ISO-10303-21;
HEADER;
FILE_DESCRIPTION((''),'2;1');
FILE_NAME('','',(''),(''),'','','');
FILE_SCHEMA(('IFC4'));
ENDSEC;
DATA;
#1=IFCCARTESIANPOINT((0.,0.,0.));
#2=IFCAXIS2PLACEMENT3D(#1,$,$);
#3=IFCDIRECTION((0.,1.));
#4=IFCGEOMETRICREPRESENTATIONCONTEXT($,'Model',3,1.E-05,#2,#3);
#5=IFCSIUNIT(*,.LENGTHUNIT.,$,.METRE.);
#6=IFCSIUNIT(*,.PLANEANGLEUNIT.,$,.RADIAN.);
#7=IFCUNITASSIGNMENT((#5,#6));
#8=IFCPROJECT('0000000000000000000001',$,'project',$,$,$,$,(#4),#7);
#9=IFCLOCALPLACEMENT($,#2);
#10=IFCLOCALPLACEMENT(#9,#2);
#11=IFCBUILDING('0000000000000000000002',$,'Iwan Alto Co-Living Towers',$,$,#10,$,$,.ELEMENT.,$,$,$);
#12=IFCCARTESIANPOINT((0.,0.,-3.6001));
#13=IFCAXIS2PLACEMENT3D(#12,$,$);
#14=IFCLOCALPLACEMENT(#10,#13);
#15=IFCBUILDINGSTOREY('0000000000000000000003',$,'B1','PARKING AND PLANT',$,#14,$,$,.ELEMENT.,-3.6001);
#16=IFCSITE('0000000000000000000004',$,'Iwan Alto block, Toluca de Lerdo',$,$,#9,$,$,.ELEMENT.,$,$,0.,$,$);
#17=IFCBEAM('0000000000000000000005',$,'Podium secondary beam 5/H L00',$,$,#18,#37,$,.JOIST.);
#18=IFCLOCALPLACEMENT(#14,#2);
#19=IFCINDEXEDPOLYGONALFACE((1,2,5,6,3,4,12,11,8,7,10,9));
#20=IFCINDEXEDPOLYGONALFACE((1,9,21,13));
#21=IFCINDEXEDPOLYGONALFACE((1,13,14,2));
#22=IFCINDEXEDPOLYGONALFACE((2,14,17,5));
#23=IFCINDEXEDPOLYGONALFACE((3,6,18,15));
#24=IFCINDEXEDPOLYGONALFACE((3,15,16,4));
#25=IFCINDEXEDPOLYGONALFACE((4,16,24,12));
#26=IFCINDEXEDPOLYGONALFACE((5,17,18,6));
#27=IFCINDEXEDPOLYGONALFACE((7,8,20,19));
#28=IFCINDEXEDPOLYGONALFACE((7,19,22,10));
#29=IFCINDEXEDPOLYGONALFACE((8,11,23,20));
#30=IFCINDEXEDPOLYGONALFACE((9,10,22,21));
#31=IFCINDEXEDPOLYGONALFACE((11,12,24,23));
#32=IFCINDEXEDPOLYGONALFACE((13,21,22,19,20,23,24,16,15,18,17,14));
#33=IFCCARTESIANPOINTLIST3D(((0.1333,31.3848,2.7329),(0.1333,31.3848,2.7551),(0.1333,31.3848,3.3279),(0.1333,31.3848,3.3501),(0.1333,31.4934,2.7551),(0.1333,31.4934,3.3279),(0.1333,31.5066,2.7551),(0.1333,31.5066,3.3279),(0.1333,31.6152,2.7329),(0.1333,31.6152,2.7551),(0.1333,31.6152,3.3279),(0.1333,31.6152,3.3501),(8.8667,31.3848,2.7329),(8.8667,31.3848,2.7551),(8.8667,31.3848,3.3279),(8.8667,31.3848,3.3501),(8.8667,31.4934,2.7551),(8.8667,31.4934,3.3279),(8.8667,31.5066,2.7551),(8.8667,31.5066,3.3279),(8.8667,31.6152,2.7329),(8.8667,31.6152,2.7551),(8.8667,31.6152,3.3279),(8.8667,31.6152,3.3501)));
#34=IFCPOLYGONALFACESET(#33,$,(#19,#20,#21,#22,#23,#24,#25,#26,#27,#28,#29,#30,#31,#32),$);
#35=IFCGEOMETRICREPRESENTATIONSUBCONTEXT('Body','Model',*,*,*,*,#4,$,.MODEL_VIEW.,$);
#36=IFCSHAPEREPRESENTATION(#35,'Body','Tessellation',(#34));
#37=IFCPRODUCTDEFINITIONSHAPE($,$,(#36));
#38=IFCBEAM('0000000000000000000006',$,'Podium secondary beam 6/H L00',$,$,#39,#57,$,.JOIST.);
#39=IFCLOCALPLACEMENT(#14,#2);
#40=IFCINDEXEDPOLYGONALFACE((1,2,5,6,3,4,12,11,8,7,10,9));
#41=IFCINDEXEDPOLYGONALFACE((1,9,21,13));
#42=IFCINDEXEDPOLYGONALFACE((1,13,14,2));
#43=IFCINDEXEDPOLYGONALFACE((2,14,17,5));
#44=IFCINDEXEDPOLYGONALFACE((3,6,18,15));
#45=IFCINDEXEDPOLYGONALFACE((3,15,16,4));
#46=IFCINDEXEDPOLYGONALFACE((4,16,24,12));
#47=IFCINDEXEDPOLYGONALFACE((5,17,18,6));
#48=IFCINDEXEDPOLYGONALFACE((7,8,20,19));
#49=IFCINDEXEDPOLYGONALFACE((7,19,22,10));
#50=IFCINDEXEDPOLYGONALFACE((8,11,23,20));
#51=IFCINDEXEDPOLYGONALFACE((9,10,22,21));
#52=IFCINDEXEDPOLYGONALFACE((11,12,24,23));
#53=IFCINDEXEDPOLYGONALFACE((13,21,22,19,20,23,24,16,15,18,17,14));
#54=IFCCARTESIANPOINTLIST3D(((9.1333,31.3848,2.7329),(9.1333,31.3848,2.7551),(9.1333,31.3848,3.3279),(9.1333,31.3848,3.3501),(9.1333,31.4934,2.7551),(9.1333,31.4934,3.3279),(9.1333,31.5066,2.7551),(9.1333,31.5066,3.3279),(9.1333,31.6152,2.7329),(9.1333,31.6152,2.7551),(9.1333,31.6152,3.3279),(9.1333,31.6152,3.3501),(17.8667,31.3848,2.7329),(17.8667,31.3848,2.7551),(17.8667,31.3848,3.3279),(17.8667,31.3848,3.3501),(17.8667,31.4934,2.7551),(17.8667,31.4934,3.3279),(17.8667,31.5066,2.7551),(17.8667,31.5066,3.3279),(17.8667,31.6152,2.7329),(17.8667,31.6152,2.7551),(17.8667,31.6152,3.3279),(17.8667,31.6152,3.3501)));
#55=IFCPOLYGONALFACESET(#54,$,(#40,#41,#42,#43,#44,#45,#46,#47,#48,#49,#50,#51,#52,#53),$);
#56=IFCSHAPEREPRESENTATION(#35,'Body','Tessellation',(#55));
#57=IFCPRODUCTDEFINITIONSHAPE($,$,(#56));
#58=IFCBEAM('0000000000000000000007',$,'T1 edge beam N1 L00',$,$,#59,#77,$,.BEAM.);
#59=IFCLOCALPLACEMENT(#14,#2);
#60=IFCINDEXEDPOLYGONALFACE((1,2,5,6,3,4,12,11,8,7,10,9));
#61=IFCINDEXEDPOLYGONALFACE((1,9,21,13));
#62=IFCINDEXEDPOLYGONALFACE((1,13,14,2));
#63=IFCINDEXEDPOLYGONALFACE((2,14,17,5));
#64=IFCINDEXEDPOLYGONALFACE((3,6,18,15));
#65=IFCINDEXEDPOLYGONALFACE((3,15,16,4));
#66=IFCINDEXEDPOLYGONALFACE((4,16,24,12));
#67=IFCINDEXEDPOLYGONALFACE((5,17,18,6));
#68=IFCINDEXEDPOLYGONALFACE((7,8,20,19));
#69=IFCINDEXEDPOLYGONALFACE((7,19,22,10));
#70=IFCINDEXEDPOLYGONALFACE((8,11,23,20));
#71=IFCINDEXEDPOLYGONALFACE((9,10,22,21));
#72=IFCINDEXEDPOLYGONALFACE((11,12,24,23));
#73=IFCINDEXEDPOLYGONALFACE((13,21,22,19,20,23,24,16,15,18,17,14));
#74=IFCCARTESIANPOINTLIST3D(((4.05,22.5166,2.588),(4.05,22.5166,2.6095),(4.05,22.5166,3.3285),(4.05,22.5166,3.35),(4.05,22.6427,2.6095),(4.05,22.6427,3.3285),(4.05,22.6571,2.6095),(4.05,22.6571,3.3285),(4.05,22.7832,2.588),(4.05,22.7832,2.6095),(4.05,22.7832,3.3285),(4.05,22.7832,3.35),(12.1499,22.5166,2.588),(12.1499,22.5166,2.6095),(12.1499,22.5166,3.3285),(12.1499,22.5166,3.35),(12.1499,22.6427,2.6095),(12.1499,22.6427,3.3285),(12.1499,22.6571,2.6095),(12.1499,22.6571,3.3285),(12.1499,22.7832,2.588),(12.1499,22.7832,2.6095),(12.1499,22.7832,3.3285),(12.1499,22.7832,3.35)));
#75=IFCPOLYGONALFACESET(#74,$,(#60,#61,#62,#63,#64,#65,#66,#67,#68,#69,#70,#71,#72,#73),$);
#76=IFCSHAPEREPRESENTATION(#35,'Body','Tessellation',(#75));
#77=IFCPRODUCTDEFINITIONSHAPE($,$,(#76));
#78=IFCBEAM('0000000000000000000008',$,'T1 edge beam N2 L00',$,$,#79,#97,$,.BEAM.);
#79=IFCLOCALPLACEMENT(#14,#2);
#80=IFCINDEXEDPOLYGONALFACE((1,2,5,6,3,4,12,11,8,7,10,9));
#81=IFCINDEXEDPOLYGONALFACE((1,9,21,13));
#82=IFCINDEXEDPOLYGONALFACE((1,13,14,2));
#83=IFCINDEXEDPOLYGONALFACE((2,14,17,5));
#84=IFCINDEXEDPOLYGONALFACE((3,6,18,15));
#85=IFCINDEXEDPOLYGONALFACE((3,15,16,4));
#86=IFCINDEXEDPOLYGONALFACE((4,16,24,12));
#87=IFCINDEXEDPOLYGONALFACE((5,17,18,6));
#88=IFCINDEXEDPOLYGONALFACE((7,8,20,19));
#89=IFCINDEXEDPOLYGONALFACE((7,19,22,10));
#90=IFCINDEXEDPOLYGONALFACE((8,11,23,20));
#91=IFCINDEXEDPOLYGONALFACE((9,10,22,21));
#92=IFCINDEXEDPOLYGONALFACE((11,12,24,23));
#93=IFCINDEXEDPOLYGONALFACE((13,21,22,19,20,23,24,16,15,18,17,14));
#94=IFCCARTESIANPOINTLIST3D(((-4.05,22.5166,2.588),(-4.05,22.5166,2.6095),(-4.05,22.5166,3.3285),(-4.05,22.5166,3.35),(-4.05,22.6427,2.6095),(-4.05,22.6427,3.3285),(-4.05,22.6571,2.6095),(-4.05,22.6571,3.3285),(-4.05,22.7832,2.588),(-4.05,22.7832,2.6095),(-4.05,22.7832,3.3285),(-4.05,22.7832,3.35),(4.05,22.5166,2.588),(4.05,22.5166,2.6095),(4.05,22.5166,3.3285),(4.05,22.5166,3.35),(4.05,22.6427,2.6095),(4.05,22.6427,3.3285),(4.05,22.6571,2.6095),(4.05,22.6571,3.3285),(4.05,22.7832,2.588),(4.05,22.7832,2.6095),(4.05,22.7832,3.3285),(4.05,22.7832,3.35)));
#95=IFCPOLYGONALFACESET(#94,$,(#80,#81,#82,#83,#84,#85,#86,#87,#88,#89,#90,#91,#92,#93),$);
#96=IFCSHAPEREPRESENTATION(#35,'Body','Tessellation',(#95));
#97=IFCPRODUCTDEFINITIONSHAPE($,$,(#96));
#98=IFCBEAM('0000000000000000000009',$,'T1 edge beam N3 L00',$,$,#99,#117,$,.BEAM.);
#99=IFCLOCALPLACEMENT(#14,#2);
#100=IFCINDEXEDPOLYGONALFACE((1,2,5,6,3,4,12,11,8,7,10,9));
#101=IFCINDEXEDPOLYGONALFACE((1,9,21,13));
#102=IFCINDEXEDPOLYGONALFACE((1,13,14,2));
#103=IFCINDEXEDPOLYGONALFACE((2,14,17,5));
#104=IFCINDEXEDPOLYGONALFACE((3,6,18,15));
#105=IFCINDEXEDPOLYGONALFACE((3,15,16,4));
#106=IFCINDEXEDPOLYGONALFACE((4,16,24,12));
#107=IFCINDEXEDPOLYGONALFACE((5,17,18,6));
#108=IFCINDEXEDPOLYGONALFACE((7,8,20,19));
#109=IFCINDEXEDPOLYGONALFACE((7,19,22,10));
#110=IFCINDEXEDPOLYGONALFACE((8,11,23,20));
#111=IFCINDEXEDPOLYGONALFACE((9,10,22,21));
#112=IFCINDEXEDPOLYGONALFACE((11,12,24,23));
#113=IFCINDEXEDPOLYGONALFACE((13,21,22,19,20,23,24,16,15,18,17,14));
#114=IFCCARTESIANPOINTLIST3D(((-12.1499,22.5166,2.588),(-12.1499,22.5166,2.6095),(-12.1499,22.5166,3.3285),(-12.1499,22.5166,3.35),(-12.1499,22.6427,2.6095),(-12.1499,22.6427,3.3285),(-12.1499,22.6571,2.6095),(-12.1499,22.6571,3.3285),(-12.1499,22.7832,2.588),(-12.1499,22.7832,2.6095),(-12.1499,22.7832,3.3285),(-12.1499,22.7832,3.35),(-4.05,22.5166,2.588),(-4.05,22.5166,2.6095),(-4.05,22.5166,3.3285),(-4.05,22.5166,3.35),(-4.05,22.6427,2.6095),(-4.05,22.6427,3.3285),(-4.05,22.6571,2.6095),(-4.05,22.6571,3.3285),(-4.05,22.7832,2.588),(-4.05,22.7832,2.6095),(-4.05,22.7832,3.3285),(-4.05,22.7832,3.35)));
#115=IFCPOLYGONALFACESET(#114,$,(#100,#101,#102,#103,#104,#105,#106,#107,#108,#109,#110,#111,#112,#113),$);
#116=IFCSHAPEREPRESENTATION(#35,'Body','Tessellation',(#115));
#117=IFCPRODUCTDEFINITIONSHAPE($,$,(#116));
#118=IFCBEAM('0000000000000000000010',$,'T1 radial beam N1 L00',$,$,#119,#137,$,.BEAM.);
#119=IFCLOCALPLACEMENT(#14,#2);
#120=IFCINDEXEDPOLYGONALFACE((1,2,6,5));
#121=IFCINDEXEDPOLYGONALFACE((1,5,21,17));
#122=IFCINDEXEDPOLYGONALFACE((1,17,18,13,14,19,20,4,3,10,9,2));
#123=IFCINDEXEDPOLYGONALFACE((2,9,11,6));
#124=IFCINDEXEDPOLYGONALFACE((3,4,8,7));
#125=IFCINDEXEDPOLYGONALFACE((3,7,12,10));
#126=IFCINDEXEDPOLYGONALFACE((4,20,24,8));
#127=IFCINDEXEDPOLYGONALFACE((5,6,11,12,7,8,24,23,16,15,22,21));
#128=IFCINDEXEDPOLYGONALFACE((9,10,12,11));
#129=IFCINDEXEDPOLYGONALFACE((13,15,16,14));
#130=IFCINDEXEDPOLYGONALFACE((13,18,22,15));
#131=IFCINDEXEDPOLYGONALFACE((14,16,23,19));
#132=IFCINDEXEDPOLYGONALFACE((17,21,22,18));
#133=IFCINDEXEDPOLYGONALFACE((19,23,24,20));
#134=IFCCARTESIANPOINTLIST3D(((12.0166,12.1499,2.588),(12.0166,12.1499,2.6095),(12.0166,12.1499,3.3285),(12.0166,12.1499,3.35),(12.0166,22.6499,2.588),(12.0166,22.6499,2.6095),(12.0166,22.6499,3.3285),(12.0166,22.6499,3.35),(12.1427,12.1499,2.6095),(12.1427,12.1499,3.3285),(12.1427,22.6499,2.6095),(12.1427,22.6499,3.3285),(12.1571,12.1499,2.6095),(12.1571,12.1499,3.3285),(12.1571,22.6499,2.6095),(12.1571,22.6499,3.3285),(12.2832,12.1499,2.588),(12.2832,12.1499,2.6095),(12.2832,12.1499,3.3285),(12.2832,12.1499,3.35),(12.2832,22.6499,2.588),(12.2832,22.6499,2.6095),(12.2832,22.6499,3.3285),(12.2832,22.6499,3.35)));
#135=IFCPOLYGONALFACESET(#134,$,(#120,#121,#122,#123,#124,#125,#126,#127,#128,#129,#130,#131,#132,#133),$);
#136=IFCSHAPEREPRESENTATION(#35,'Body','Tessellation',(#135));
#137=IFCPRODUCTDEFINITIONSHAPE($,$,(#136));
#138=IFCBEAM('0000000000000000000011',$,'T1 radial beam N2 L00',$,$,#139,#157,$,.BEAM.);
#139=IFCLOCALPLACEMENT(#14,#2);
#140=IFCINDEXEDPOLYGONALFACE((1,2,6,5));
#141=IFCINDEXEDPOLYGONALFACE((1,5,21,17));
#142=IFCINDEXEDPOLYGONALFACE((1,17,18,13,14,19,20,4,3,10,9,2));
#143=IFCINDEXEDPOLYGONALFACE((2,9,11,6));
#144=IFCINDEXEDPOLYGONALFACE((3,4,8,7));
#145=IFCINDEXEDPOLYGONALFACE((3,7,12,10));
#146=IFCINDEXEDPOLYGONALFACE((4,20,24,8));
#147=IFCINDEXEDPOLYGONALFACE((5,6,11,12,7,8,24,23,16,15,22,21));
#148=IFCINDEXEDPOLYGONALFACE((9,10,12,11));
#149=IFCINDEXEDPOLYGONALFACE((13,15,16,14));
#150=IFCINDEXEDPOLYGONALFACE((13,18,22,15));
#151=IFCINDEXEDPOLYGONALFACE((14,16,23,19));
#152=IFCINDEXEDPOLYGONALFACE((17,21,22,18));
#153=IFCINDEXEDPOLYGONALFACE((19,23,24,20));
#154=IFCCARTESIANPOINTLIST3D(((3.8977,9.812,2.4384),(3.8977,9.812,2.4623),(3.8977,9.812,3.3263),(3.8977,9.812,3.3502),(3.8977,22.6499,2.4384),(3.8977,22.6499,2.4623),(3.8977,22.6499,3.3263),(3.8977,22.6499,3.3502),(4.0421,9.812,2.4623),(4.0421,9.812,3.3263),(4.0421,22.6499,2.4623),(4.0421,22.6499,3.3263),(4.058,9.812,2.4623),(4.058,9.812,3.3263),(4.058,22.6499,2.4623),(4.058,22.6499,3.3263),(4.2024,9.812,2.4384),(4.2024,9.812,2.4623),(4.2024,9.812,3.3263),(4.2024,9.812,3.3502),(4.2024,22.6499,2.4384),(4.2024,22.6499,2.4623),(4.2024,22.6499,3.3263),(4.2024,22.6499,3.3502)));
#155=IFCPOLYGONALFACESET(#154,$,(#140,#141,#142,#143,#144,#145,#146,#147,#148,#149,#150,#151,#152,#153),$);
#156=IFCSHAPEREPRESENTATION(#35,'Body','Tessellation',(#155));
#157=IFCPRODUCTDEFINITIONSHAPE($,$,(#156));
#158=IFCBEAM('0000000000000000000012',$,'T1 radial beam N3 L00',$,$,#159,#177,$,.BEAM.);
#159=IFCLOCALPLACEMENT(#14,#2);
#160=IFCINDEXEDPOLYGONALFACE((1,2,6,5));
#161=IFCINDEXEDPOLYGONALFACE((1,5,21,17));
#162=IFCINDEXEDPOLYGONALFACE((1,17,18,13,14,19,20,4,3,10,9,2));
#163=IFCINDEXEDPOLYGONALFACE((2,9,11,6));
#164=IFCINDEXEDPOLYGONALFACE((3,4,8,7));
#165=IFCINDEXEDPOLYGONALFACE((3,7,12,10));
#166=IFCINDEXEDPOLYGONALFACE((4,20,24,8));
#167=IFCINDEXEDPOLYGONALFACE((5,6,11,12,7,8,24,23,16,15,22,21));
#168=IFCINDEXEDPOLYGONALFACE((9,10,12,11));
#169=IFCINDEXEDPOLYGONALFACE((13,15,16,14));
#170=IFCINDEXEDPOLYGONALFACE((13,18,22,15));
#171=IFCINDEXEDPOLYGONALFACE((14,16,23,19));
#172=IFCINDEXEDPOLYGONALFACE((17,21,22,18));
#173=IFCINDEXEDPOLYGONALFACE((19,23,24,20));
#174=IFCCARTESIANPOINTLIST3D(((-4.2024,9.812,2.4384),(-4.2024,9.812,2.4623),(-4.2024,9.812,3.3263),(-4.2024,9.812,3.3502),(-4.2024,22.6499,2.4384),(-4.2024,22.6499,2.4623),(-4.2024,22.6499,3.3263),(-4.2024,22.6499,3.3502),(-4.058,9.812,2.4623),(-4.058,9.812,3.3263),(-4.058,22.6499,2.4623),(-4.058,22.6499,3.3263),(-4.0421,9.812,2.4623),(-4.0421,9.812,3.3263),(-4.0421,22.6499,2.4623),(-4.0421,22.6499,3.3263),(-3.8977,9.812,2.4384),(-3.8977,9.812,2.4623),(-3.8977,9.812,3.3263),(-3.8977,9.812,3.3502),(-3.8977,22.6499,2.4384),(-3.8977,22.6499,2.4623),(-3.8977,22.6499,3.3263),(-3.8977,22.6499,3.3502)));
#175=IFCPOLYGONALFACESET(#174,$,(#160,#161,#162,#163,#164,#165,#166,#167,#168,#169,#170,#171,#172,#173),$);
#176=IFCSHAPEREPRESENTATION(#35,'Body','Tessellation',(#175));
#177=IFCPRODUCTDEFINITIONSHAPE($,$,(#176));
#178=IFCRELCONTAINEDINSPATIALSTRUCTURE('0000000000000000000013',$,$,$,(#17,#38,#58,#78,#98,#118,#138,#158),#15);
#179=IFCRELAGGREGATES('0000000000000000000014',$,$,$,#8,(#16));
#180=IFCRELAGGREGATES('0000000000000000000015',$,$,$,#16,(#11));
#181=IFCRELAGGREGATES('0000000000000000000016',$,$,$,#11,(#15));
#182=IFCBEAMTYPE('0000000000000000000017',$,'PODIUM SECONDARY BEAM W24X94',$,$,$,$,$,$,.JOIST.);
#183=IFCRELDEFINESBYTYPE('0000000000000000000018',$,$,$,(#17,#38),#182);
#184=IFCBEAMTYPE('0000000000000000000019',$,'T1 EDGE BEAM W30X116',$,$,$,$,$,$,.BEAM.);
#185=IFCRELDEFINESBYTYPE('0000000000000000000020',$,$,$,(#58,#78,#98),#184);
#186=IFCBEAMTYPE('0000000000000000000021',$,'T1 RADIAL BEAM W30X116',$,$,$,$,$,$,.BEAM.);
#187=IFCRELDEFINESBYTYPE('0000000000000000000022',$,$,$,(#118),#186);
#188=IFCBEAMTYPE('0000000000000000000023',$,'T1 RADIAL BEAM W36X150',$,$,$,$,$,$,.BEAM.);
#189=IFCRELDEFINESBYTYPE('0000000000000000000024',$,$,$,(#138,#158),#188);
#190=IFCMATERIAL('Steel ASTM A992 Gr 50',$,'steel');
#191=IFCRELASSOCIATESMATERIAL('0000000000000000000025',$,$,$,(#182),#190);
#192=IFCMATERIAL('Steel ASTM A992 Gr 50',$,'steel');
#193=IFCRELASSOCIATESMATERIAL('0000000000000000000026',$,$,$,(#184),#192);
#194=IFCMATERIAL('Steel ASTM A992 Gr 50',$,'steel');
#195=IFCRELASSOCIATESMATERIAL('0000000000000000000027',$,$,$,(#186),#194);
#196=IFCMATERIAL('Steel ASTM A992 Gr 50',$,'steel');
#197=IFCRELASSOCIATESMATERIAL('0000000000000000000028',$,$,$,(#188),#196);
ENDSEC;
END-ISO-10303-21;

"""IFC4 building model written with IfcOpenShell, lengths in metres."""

from ifc_helpers import new_model, si_unit, direction, frame, origin, origin_2d, place, context, subcontext, project, spatial, i_section, extrude, material, material_profile, profile_set, type_object, element, save


model = new_model("IFC4")

# Units and contexts
model_context = context("Model", 3, precision=1e-05, world=origin(), true_north=direction((0.0, 1.0)))
body_context = subcontext(model_context, "Body", "Model", "MODEL_VIEW")
ifc_project = project(units=[si_unit("LENGTHUNIT", "METRE"), si_unit("PLANEANGLEUNIT", "RADIAN")], contexts=[model_context])

# Site, building, storey
site_placement = place(None, origin())
site = spatial("IfcSite", under=ifc_project, at=site_placement, Name="Iwan Alto block, Toluca de Lerdo", CompositionType="ELEMENT", RefElevation=0.0)
building_placement = place(site_placement, origin())
building = spatial("IfcBuilding", under=site, at=building_placement, Name="Iwan Alto Co-Living Towers", CompositionType="ELEMENT")
storey_placement = place(building_placement, frame((0.0, 0.0, -3.6001)))
storey = spatial("IfcBuildingStorey", under=building, at=storey_placement, Name="B1", Description="PARKING AND PLANT", CompositionType="ELEMENT", Elevation=-3.6001)

# Beams
ifc_material_1 = material(Name="Steel ASTM A992 Gr 50", Category="steel")
ifc_material_profile_1 = material_profile(ifc_material_1, i_section(OverallWidth=0.2305, OverallDepth=0.6172, WebThickness=0.0132, FlangeThickness=0.0222, at=origin_2d()), Name="W24X94")
ifc_profile_set_1 = profile_set([ifc_material_profile_1], Name="Steel ASTM A992 Gr 50")
beam_type_1 = type_object("IfcBeamType", Name="PODIUM SECONDARY BEAM W24X94", PredefinedType="JOIST", material=ifc_profile_set_1)
for number, where, z_axis, x_axis, name in (
    (1, (0.1333, 31.5, 3.0415), (1.0, 0.0, 0.0), (0.0, 1.0, 0.0), "Podium secondary beam 5/H L00"),
    (2, (9.1333, 31.5, 3.0415), (1.0, 0.0, 0.0), (0.0, 1.0, 0.0), "Podium secondary beam 6/H L00"),
):
    element("IfcBeam", number, at=place(storey_placement, frame(where, z_axis=z_axis, x_axis=x_axis)), inside=storey, type_object=beam_type_1, Name=name, PredefinedType="JOIST", context=body_context, shape_type="SweptSolid", body=[
        extrude(i_section(OverallWidth=0.2305, OverallDepth=0.6172, WebThickness=0.0132, FlangeThickness=0.0222, at=origin_2d()), origin(), (0.0, 0.0, 1.0), 8.7334),
    ])
ifc_material_2 = material(Name="Steel ASTM A992 Gr 50", Category="steel")
ifc_material_profile_2 = material_profile(ifc_material_2, i_section(OverallWidth=0.2666, OverallDepth=0.762, WebThickness=0.0144, FlangeThickness=0.0215, at=origin_2d()), Name="W30X116")
ifc_profile_set_2 = profile_set([ifc_material_profile_2], Name="Steel ASTM A992 Gr 50")
beam_type_2 = type_object("IfcBeamType", Name="T1 EDGE BEAM W30X116", PredefinedType="BEAM", material=ifc_profile_set_2)
beam_1_placement = place(storey_placement, frame((12.1499, 22.6499, 2.969), z_axis=(-1.0, 0.0, 0.0), x_axis=(0.0, -1.0, 0.0)))
element("IfcBeam", 3, at=beam_1_placement, inside=storey, type_object=beam_type_2, Name="T1 edge beam N1 L00", PredefinedType="BEAM", context=body_context, shape_type="SweptSolid", body=[
    extrude(i_section(OverallWidth=0.2666, OverallDepth=0.762, WebThickness=0.0144, FlangeThickness=0.0215, at=origin_2d()), origin(), (0.0, 0.0, 1.0), 8.0999),
])
beam_2_placement = place(storey_placement, frame((4.05, 22.6499, 2.969), z_axis=(-1.0, 0.0, 0.0), x_axis=(0.0, -1.0, 0.0)))
element("IfcBeam", 4, at=beam_2_placement, inside=storey, type_object=beam_type_2, Name="T1 edge beam N2 L00", PredefinedType="BEAM", context=body_context, shape_type="SweptSolid", body=[
    extrude(i_section(OverallWidth=0.2666, OverallDepth=0.762, WebThickness=0.0144, FlangeThickness=0.0215, at=origin_2d()), origin(), (0.0, 0.0, 1.0), 8.1001),
])
beam_3_placement = place(storey_placement, frame((-4.05, 22.6499, 2.969), z_axis=(-1.0, 0.0, 0.0), x_axis=(0.0, -1.0, 0.0)))
element("IfcBeam", 5, at=beam_3_placement, inside=storey, type_object=beam_type_2, Name="T1 edge beam N3 L00", PredefinedType="BEAM", context=body_context, shape_type="SweptSolid", body=[
    extrude(i_section(OverallWidth=0.2666, OverallDepth=0.762, WebThickness=0.0144, FlangeThickness=0.0215, at=origin_2d()), origin(), (0.0, 0.0, 1.0), 8.0999),
])
ifc_material_3 = material(Name="Steel ASTM A992 Gr 50", Category="steel")
ifc_material_profile_3 = material_profile(ifc_material_3, i_section(OverallWidth=0.2666, OverallDepth=0.762, WebThickness=0.0144, FlangeThickness=0.0215, at=origin_2d()), Name="W30X116")
ifc_profile_set_3 = profile_set([ifc_material_profile_3], Name="Steel ASTM A992 Gr 50")
beam_type_3 = type_object("IfcBeamType", Name="T1 RADIAL BEAM W30X116", PredefinedType="BEAM", material=ifc_profile_set_3)
beam_4_placement = place(storey_placement, frame((12.1499, 22.6499, 2.969), z_axis=(0.0, -1.0, 0.0), x_axis=(1.0, 0.0, 0.0)))
element("IfcBeam", 6, at=beam_4_placement, inside=storey, type_object=beam_type_3, Name="T1 radial beam N1 L00", PredefinedType="BEAM", context=body_context, shape_type="SweptSolid", body=[
    extrude(i_section(OverallWidth=0.2666, OverallDepth=0.762, WebThickness=0.0144, FlangeThickness=0.0215, at=origin_2d()), origin(), (0.0, 0.0, 1.0), 10.5),
])
ifc_material_4 = material(Name="Steel ASTM A992 Gr 50", Category="steel")
ifc_material_profile_4 = material_profile(ifc_material_4, i_section(OverallWidth=0.3047, OverallDepth=0.9119, WebThickness=0.0159, FlangeThickness=0.0239, at=origin_2d()), Name="W36X150")
ifc_profile_set_4 = profile_set([ifc_material_profile_4], Name="Steel ASTM A992 Gr 50")
beam_type_4 = type_object("IfcBeamType", Name="T1 RADIAL BEAM W36X150", PredefinedType="BEAM", material=ifc_profile_set_4)
for number, where, z_axis, x_axis, name in (
    (7, (4.05, 22.6499, 2.8943), (0.0, -1.0, 0.0), (1.0, 0.0, 0.0), "T1 radial beam N2 L00"),
    (8, (-4.05, 22.6499, 2.8943), (0.0, -1.0, 0.0), (1.0, 0.0, 0.0), "T1 radial beam N3 L00"),
):
    element("IfcBeam", number, at=place(storey_placement, frame(where, z_axis=z_axis, x_axis=x_axis)), inside=storey, type_object=beam_type_4, Name=name, PredefinedType="BEAM", context=body_context, shape_type="SweptSolid", body=[
        extrude(i_section(OverallWidth=0.3047, OverallDepth=0.9119, WebThickness=0.0159, FlangeThickness=0.0239, at=origin_2d()), origin(), (0.0, 0.0, 1.0), 12.8379),
    ])

save(model, "model.ifc")
